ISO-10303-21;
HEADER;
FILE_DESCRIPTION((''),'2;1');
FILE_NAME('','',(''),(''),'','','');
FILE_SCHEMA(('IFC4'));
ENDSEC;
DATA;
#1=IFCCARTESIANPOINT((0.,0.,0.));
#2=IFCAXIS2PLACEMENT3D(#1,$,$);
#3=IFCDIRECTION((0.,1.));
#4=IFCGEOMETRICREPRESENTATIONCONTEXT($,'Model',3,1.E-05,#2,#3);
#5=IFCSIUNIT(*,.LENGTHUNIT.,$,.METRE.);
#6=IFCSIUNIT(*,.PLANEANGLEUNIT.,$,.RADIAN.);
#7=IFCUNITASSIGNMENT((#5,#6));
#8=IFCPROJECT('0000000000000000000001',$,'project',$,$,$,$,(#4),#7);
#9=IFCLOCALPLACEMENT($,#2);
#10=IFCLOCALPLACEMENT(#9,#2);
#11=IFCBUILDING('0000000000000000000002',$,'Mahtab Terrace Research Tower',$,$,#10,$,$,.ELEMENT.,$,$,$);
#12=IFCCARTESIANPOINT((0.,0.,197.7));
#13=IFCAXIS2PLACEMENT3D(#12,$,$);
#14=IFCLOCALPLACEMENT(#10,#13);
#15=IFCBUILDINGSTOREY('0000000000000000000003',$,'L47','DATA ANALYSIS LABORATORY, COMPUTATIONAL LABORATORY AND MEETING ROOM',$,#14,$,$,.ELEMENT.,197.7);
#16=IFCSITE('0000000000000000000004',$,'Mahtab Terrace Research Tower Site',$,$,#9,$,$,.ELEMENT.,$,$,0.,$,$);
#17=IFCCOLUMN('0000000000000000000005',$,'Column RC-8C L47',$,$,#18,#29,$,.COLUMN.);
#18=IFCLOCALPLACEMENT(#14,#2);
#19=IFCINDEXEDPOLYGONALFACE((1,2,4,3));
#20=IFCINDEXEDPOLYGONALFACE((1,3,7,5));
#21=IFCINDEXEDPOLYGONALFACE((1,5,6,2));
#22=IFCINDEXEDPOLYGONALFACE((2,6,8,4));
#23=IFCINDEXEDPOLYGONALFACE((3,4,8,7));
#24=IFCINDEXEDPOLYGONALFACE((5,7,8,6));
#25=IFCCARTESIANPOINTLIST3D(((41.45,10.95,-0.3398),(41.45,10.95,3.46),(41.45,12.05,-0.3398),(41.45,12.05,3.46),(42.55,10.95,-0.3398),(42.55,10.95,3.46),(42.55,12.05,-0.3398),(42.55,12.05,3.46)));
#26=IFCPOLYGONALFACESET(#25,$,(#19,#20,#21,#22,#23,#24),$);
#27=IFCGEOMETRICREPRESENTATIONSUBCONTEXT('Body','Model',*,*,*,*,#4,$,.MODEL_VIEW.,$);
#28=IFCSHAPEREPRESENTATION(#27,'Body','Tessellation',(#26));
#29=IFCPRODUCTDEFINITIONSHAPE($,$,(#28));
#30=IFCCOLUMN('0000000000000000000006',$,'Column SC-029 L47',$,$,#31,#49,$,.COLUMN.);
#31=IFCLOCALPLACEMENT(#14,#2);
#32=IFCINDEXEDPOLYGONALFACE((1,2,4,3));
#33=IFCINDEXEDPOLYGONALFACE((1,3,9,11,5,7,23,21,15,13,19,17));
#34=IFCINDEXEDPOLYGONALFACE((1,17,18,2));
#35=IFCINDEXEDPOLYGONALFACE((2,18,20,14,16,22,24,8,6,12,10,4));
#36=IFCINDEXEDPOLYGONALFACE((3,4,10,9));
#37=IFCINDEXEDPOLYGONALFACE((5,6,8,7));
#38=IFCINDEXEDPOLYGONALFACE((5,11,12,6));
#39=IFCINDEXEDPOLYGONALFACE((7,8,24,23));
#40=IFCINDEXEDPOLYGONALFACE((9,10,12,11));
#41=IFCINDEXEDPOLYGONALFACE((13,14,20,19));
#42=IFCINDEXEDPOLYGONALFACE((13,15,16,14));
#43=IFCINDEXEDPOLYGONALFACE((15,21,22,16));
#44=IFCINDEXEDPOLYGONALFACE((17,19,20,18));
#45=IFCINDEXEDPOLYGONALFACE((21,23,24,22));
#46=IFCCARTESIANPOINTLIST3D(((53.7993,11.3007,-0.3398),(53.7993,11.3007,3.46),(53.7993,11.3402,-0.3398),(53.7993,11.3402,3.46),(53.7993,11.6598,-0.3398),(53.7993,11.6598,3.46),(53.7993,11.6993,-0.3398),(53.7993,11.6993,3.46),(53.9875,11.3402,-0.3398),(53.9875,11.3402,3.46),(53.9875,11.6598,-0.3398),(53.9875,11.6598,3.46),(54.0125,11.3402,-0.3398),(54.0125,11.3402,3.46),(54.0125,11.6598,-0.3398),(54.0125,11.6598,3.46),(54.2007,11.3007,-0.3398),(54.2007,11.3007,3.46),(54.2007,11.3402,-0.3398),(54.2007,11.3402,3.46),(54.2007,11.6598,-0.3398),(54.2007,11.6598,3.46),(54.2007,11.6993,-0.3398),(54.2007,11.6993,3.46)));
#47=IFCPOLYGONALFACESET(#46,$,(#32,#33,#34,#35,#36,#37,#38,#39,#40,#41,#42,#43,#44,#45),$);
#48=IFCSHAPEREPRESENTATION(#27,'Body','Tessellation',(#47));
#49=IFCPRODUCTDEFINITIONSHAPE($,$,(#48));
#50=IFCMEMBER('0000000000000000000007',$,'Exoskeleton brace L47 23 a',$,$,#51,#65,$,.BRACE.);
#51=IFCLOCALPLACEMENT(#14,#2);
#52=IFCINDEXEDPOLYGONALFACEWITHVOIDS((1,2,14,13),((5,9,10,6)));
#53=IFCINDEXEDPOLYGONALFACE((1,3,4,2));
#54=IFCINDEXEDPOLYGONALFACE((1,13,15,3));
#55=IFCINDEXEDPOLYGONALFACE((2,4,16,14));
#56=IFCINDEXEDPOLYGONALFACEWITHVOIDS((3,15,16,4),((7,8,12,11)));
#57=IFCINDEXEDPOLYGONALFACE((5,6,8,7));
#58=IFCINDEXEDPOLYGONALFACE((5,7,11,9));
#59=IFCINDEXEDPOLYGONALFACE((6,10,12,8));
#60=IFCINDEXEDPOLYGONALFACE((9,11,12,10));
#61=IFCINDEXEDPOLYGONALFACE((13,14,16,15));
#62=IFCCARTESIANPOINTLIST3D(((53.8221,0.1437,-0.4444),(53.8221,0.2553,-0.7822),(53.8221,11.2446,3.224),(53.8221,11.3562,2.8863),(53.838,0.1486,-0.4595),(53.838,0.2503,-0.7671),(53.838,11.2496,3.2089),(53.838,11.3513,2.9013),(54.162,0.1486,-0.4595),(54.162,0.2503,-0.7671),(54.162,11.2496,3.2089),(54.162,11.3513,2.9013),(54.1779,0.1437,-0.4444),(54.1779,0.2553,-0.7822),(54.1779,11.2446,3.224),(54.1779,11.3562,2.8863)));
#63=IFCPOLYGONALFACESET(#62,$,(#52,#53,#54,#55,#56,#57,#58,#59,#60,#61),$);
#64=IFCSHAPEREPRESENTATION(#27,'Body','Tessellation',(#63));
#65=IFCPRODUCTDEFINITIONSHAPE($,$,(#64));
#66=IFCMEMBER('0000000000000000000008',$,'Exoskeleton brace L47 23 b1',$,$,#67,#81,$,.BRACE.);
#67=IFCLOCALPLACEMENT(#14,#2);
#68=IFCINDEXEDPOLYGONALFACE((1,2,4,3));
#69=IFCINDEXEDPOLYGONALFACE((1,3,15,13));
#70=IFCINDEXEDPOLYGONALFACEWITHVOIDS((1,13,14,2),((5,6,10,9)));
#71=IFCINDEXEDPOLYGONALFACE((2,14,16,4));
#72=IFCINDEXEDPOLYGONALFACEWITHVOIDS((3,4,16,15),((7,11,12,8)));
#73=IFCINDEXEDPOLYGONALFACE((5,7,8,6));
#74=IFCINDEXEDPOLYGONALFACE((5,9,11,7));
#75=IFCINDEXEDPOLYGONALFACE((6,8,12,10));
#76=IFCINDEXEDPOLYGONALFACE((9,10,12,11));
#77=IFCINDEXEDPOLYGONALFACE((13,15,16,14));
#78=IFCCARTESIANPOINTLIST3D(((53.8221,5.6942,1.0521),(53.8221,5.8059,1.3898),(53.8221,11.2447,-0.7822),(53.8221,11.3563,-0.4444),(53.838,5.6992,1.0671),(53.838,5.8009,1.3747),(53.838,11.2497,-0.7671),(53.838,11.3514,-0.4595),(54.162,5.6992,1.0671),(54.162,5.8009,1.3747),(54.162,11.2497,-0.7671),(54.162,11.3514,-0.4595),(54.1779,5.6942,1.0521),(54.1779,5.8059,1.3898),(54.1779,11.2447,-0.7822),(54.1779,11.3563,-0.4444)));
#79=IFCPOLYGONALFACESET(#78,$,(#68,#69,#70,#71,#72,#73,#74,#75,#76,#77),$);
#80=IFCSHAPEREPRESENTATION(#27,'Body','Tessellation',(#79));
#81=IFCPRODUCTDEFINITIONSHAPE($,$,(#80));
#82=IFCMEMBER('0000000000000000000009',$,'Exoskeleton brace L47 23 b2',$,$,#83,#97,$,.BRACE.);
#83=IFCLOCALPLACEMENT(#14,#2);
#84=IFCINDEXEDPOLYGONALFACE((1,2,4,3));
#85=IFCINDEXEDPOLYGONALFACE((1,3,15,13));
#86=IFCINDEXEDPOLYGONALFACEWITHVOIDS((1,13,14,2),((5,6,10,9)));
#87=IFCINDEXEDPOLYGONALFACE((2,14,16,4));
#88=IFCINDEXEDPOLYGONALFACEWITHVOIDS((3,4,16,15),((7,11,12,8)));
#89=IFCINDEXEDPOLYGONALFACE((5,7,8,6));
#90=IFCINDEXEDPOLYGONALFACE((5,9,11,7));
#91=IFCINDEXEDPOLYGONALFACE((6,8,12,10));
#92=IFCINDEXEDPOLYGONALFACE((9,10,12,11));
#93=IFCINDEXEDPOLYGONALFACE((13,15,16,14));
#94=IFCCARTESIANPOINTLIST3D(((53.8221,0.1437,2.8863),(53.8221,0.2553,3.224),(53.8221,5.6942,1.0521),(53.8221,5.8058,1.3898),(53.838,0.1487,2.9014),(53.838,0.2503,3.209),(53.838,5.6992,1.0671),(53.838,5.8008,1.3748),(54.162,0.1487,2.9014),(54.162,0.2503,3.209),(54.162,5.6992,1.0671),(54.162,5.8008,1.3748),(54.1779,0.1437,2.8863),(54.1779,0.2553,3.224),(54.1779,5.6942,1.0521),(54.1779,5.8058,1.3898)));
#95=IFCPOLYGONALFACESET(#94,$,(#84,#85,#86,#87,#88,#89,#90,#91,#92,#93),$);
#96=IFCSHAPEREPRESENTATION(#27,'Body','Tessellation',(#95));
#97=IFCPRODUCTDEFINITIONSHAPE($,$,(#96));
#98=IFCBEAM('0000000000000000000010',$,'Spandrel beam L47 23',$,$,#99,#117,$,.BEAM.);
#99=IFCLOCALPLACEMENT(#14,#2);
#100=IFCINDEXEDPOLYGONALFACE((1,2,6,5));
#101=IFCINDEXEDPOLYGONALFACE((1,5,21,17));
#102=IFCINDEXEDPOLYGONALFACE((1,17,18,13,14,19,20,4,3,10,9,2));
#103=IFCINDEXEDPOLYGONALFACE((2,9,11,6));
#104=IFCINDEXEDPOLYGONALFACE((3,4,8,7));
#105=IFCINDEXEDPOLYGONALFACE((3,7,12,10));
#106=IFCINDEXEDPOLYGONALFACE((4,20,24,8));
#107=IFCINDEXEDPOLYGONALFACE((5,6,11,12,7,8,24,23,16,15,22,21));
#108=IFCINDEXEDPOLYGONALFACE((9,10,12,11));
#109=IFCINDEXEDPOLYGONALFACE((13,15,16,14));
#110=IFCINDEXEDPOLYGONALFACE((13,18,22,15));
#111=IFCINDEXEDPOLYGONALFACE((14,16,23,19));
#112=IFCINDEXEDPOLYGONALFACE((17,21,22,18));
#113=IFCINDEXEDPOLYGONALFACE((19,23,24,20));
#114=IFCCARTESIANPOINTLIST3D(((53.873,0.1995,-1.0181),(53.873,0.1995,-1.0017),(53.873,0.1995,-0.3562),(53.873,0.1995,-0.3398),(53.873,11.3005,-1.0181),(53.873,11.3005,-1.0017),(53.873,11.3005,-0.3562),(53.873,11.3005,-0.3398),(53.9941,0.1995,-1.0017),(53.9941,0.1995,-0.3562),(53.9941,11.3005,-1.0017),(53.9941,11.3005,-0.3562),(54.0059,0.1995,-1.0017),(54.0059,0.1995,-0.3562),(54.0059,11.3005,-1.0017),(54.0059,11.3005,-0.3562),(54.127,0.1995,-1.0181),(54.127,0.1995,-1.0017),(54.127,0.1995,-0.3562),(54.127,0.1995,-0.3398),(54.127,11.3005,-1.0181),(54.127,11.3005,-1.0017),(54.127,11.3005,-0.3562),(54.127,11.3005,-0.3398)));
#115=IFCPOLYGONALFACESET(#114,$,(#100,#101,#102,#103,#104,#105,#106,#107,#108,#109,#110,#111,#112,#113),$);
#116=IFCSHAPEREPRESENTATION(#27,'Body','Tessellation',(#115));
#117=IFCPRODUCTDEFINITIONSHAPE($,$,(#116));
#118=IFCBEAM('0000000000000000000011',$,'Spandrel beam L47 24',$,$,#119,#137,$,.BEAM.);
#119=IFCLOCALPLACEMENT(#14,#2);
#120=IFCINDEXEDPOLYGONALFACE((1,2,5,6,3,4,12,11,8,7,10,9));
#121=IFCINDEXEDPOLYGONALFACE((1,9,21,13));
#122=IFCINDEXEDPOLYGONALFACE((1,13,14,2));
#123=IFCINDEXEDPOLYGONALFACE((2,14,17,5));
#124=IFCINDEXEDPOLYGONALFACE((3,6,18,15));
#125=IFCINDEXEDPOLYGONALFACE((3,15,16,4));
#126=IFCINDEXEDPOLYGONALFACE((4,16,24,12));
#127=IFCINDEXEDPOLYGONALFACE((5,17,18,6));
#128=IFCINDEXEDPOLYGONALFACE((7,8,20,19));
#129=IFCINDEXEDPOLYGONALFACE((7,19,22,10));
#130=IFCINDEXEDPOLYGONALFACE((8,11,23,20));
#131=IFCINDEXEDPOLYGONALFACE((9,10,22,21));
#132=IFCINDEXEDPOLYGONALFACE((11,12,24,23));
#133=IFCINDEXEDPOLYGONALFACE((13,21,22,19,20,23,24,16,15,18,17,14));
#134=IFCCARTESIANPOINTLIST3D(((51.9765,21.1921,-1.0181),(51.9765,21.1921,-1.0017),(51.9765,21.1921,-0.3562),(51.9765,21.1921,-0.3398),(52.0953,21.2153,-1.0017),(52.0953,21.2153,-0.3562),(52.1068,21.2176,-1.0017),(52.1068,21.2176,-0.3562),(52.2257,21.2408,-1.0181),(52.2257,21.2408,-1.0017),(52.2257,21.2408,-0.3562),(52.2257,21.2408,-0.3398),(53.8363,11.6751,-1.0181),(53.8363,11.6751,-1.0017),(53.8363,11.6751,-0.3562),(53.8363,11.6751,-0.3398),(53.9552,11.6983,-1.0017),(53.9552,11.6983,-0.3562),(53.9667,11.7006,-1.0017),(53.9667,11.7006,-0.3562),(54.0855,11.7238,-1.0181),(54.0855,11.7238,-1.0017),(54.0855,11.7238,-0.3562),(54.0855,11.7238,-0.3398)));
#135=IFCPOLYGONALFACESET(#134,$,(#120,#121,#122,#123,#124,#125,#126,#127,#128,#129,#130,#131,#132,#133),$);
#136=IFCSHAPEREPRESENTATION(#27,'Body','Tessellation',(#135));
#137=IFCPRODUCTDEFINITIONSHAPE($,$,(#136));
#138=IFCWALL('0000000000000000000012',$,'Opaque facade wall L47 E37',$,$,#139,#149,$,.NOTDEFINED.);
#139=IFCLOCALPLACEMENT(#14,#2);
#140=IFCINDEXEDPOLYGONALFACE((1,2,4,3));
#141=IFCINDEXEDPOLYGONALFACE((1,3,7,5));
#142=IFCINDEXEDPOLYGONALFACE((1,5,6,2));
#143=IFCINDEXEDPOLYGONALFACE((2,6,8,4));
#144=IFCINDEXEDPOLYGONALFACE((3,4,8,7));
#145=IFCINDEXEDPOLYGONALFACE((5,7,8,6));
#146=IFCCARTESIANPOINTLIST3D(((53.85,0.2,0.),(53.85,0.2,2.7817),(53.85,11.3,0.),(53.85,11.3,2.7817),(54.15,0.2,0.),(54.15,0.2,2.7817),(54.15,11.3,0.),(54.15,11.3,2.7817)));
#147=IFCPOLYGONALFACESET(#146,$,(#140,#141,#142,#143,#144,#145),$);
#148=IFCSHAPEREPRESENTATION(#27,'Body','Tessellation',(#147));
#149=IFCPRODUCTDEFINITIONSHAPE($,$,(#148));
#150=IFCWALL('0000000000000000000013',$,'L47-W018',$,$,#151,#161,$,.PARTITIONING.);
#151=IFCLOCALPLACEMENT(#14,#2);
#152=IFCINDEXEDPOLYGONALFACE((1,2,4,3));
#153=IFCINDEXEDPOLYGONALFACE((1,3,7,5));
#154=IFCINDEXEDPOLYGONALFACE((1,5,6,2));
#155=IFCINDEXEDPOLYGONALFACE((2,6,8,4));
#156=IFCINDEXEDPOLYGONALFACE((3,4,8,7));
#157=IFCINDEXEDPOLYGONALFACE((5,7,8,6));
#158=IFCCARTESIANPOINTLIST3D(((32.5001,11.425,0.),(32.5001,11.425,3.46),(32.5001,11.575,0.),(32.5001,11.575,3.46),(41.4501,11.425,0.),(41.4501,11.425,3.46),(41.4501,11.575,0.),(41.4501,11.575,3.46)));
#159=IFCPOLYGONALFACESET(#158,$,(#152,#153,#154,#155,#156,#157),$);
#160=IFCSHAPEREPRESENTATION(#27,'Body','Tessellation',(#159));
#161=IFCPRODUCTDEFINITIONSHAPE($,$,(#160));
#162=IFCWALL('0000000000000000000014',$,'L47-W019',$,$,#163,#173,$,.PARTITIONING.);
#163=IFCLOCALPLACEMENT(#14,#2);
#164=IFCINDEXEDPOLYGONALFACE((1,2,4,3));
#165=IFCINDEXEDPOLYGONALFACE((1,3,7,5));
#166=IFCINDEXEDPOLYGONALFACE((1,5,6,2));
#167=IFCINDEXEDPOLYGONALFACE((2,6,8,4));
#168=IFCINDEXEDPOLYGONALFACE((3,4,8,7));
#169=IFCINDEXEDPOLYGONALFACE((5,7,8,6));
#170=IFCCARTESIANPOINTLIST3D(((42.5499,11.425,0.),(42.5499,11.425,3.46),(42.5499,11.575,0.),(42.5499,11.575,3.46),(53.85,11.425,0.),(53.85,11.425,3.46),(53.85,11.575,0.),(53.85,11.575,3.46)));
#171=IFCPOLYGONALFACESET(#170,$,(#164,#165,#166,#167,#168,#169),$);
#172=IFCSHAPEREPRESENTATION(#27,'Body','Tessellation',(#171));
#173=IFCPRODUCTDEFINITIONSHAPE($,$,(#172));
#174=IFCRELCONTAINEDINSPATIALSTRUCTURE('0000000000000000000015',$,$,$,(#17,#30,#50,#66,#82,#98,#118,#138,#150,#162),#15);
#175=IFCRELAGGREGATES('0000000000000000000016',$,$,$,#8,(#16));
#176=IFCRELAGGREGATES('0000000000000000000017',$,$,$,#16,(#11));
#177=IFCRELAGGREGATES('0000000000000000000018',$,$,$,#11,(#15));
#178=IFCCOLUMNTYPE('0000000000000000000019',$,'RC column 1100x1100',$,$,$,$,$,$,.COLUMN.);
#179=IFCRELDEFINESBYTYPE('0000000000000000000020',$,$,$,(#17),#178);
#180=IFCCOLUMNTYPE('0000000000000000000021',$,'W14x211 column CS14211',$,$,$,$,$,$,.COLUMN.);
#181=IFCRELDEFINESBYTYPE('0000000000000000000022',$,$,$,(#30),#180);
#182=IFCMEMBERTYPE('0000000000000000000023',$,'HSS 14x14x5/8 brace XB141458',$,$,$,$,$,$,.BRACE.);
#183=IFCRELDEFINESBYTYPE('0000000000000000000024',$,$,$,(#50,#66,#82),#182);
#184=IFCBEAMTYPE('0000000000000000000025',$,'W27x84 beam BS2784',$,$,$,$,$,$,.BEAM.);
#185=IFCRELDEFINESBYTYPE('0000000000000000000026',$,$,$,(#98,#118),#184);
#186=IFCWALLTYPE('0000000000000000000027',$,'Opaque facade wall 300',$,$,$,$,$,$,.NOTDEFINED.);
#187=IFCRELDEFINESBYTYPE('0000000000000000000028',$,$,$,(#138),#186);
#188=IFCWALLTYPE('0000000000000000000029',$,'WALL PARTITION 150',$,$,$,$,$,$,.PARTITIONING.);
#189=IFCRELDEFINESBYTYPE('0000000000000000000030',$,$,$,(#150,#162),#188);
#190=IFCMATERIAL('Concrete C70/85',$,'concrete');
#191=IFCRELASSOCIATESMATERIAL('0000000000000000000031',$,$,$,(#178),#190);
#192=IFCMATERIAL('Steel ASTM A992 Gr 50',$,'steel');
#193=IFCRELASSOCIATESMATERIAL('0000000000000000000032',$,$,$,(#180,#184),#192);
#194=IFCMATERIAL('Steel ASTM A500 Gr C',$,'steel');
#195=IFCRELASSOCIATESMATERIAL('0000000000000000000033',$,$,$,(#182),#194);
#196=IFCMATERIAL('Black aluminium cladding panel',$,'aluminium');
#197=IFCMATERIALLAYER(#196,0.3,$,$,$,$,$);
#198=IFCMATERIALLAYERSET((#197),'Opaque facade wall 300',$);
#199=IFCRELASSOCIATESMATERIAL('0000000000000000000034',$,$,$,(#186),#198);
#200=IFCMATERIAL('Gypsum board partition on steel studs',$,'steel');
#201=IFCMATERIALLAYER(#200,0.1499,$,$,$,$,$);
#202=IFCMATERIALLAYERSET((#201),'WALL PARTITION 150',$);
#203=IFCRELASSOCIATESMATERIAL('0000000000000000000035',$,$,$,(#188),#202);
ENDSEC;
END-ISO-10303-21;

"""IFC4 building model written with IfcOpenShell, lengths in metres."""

from ifc_helpers import new_model, si_unit, direction, frame, frame_2d, origin, origin_2d, place, context, subcontext, project, spatial, rectangle, hollow_rectangle, i_section, extrude, material, layer, layer_set, material_profile, profile_set, type_object, element, save


model = new_model("IFC4")

# Units and contexts
model_context = context("Model", 3, precision=1e-05, world=origin(), true_north=direction((0.0, 1.0)))
body_context = subcontext(model_context, "Body", "Model", "MODEL_VIEW")
ifc_project = project(units=[si_unit("LENGTHUNIT", "METRE"), si_unit("PLANEANGLEUNIT", "RADIAN")], contexts=[model_context])

# Site, building, storey
site_placement = place(None, origin())
site = spatial("IfcSite", under=ifc_project, at=site_placement, Name="Mahtab Terrace Research Tower Site", CompositionType="ELEMENT", RefElevation=0.0)
building_placement = place(site_placement, origin())
building = spatial("IfcBuilding", under=site, at=building_placement, Name="Mahtab Terrace Research Tower", CompositionType="ELEMENT")
storey_placement = place(building_placement, frame((0.0, 0.0, 197.7)))
storey = spatial("IfcBuildingStorey", under=building, at=storey_placement, Name="L47", Description="DATA ANALYSIS LABORATORY, COMPUTATIONAL LABORATORY AND MEETING ROOM", CompositionType="ELEMENT", Elevation=197.7)

# Columns
ifc_material_1 = material(Name="Concrete C70/85", Category="concrete")
ifc_material_profile_1 = material_profile(ifc_material_1, rectangle(XDim=1.1001, YDim=1.1001, at=origin_2d()), Name="RC column 1100x1100")
ifc_profile_set_1 = profile_set([ifc_material_profile_1], Name="Concrete C70/85")
column_type_1 = type_object("IfcColumnType", Name="RC column 1100x1100", PredefinedType="COLUMN", material=ifc_profile_set_1)
column_1_placement = place(storey_placement, frame((42.0, 11.5, -0.3398), z_axis=(0.0, 0.0, 1.0), x_axis=(1.0, 0.0, 0.0)))
element("IfcColumn", 1, at=column_1_placement, inside=storey, type_object=column_type_1, Name="Column RC-8C L47", PredefinedType="COLUMN", context=body_context, shape_type="SweptSolid", body=[
    extrude(rectangle(XDim=1.1001, YDim=1.1001, at=origin_2d()), origin(), (0.0, 0.0, 1.0), 3.7998),
])
ifc_material_2 = material(Name="Steel ASTM A992 Gr 50", Category="steel")
ifc_material_profile_2 = material_profile(ifc_material_2, i_section(OverallWidth=0.4014, OverallDepth=0.3987, WebThickness=0.0249, FlangeThickness=0.0396, at=origin_2d()), Name="W14X211")
ifc_profile_set_2 = profile_set([ifc_material_profile_2], Name="Steel ASTM A992 Gr 50")
column_type_2 = type_object("IfcColumnType", Name="W14x211 column CS14211", PredefinedType="COLUMN", material=ifc_profile_set_2)
column_2_placement = place(storey_placement, frame((54.0, 11.5, -0.3398), z_axis=(0.0, 0.0, 1.0), x_axis=(1.0, 0.0, 0.0)))
element("IfcColumn", 2, at=column_2_placement, inside=storey, type_object=column_type_2, Name="Column SC-029 L47", PredefinedType="COLUMN", context=body_context, shape_type="SweptSolid", body=[
    extrude(i_section(OverallWidth=0.4014, OverallDepth=0.3987, WebThickness=0.0249, FlangeThickness=0.0396, at=origin_2d()), origin(), (0.0, 0.0, 1.0), 3.7998),
])

# Members
ifc_material_3 = material(Name="Steel ASTM A500 Gr C", Category="steel")
ifc_material_profile_3 = material_profile(ifc_material_3, hollow_rectangle(XDim=0.3557, YDim=0.3557, WallThickness=0.0159, at=origin_2d()), Name="HSS14X14X5/8")
ifc_profile_set_3 = profile_set([ifc_material_profile_3], Name="Steel ASTM A500 Gr C")
member_type = type_object("IfcMemberType", Name="HSS 14x14x5/8 brace XB141458", PredefinedType="BRACE", material=ifc_profile_set_3)
member_placement = place(storey_placement, frame((54.0, 0.1995, -0.6133), z_axis=(0.0, 0.949499, 0.313771), x_axis=(-1.0, 0.0, 0.0)))
element("IfcMember", 3, at=member_placement, inside=storey, type_object=member_type, Name="Exoskeleton brace L47 23 a", PredefinedType="BRACE", context=body_context, shape_type="SweptSolid", body=[
    extrude(hollow_rectangle(XDim=0.3557, YDim=0.3557, WallThickness=0.0159, at=origin_2d()), origin(), (0.0, 0.0, 1.0), 11.6914),
])
for number, where, z_axis, x_axis, name in (
    (4, (54.0, 11.3005, -0.6133), (0.0, -0.949499, 0.313771), (1.0, 0.0, 0.0), "Exoskeleton brace L47 23 b1"),
    (5, (54.0, 5.75, 1.2209), (0.0, -0.949499, 0.313771), (1.0, 0.0, 0.0), "Exoskeleton brace L47 23 b2"),
):
    element("IfcMember", number, at=place(storey_placement, frame(where, z_axis=z_axis, x_axis=x_axis)), inside=storey, type_object=member_type, Name=name, PredefinedType="BRACE", context=body_context, shape_type="SweptSolid", body=[
        extrude(hollow_rectangle(XDim=0.3557, YDim=0.3557, WallThickness=0.0159, at=origin_2d()), origin(), (0.0, 0.0, 1.0), 5.8457),
    ])

# Beams
ifc_material_profile_4 = material_profile(ifc_material_2, i_section(OverallWidth=0.2539, OverallDepth=0.6782, WebThickness=0.0117, FlangeThickness=0.0164, at=origin_2d()), Name="W27X84")
ifc_profile_set_4 = profile_set([ifc_material_profile_4], Name="Steel ASTM A992 Gr 50")
beam_type = type_object("IfcBeamType", Name="W27x84 beam BS2784", PredefinedType="BEAM", material=ifc_profile_set_4)
beam_1_placement = place(storey_placement, frame((54.0, 0.1995, -0.679), z_axis=(0.0, 1.0, 0.0), x_axis=(-1.0, 0.0, 0.0)))
element("IfcBeam", 6, at=beam_1_placement, inside=storey, type_object=beam_type, Name="Spandrel beam L47 23", PredefinedType="BEAM", context=body_context, shape_type="SweptSolid", body=[
    extrude(i_section(OverallWidth=0.2539, OverallDepth=0.6782, WebThickness=0.0117, FlangeThickness=0.0164, at=origin_2d()), origin(), (0.0, 0.0, 1.0), 11.1011),
])
beam_2_placement = place(storey_placement, frame((53.9609, 11.6995, -0.679), z_axis=(-0.191795, 0.981435, 0.0), x_axis=(-0.981435, -0.191795, 0.0)))
element("IfcBeam", 7, at=beam_2_placement, inside=storey, type_object=beam_type, Name="Spandrel beam L47 24", PredefinedType="BEAM", context=body_context, shape_type="SweptSolid", body=[
    extrude(i_section(OverallWidth=0.2539, OverallDepth=0.6782, WebThickness=0.0117, FlangeThickness=0.0164, at=origin_2d()), origin(), (0.0, 0.0, 1.0), 9.697),
])

# Walls
ifc_material_4 = material(Name="Black aluminium cladding panel", Category="aluminium")
ifc_layer_1 = layer(ifc_material_4, 0.3)
ifc_layer_set_1 = layer_set([ifc_layer_1], Name="Opaque facade wall 300")
wall_type_1 = type_object("IfcWallType", Name="Opaque facade wall 300", PredefinedType="NOTDEFINED", material=ifc_layer_set_1)
wall_1_placement = place(storey_placement, frame((54.0, 0.2, 0.0), z_axis=(0.0, 0.0, 1.0), x_axis=(0.0, 1.0, 0.0)))
element("IfcWall", 8, at=wall_1_placement, inside=storey, type_object=wall_type_1, Name="Opaque facade wall L47 E37", PredefinedType="NOTDEFINED", context=body_context, shape_type="SweptSolid", body=[
    extrude(rectangle(XDim=11.1001, YDim=0.3, at=frame_2d((5.55, 0.0))), origin(), (0.0, 0.0, 1.0), 2.7817),
])
ifc_material_5 = material(Name="Gypsum board partition on steel studs", Category="steel")
ifc_layer_2 = layer(ifc_material_5, 0.1499)
ifc_layer_set_2 = layer_set([ifc_layer_2], Name="WALL PARTITION 150")
wall_type_2 = type_object("IfcWallType", Name="WALL PARTITION 150", PredefinedType="PARTITIONING", material=ifc_layer_set_2)
wall_2_placement = place(storey_placement, frame((32.5, 11.5, 0.0), z_axis=(0.0, 0.0, 1.0), x_axis=(1.0, 0.0, 0.0)))
element("IfcWall", 9, at=wall_2_placement, inside=storey, type_object=wall_type_2, Name="L47-W018", PredefinedType="PARTITIONING", context=body_context, shape_type="SweptSolid", body=[
    extrude(rectangle(XDim=8.95, YDim=0.1499, at=frame_2d((4.4751, 0.0))), origin(), (0.0, 0.0, 1.0), 3.46),
])
wall_3_placement = place(storey_placement, frame((42.55, 11.5, 0.0), z_axis=(0.0, 0.0, 1.0), x_axis=(1.0, 0.0, 0.0)))
element("IfcWall", 10, at=wall_3_placement, inside=storey, type_object=wall_type_2, Name="L47-W019", PredefinedType="PARTITIONING", context=body_context, shape_type="SweptSolid", body=[
    extrude(rectangle(XDim=11.3, YDim=0.1499, at=frame_2d((5.6499, 0.0))), origin(), (0.0, 0.0, 1.0), 3.46),
])

save(model, "model.ifc")
